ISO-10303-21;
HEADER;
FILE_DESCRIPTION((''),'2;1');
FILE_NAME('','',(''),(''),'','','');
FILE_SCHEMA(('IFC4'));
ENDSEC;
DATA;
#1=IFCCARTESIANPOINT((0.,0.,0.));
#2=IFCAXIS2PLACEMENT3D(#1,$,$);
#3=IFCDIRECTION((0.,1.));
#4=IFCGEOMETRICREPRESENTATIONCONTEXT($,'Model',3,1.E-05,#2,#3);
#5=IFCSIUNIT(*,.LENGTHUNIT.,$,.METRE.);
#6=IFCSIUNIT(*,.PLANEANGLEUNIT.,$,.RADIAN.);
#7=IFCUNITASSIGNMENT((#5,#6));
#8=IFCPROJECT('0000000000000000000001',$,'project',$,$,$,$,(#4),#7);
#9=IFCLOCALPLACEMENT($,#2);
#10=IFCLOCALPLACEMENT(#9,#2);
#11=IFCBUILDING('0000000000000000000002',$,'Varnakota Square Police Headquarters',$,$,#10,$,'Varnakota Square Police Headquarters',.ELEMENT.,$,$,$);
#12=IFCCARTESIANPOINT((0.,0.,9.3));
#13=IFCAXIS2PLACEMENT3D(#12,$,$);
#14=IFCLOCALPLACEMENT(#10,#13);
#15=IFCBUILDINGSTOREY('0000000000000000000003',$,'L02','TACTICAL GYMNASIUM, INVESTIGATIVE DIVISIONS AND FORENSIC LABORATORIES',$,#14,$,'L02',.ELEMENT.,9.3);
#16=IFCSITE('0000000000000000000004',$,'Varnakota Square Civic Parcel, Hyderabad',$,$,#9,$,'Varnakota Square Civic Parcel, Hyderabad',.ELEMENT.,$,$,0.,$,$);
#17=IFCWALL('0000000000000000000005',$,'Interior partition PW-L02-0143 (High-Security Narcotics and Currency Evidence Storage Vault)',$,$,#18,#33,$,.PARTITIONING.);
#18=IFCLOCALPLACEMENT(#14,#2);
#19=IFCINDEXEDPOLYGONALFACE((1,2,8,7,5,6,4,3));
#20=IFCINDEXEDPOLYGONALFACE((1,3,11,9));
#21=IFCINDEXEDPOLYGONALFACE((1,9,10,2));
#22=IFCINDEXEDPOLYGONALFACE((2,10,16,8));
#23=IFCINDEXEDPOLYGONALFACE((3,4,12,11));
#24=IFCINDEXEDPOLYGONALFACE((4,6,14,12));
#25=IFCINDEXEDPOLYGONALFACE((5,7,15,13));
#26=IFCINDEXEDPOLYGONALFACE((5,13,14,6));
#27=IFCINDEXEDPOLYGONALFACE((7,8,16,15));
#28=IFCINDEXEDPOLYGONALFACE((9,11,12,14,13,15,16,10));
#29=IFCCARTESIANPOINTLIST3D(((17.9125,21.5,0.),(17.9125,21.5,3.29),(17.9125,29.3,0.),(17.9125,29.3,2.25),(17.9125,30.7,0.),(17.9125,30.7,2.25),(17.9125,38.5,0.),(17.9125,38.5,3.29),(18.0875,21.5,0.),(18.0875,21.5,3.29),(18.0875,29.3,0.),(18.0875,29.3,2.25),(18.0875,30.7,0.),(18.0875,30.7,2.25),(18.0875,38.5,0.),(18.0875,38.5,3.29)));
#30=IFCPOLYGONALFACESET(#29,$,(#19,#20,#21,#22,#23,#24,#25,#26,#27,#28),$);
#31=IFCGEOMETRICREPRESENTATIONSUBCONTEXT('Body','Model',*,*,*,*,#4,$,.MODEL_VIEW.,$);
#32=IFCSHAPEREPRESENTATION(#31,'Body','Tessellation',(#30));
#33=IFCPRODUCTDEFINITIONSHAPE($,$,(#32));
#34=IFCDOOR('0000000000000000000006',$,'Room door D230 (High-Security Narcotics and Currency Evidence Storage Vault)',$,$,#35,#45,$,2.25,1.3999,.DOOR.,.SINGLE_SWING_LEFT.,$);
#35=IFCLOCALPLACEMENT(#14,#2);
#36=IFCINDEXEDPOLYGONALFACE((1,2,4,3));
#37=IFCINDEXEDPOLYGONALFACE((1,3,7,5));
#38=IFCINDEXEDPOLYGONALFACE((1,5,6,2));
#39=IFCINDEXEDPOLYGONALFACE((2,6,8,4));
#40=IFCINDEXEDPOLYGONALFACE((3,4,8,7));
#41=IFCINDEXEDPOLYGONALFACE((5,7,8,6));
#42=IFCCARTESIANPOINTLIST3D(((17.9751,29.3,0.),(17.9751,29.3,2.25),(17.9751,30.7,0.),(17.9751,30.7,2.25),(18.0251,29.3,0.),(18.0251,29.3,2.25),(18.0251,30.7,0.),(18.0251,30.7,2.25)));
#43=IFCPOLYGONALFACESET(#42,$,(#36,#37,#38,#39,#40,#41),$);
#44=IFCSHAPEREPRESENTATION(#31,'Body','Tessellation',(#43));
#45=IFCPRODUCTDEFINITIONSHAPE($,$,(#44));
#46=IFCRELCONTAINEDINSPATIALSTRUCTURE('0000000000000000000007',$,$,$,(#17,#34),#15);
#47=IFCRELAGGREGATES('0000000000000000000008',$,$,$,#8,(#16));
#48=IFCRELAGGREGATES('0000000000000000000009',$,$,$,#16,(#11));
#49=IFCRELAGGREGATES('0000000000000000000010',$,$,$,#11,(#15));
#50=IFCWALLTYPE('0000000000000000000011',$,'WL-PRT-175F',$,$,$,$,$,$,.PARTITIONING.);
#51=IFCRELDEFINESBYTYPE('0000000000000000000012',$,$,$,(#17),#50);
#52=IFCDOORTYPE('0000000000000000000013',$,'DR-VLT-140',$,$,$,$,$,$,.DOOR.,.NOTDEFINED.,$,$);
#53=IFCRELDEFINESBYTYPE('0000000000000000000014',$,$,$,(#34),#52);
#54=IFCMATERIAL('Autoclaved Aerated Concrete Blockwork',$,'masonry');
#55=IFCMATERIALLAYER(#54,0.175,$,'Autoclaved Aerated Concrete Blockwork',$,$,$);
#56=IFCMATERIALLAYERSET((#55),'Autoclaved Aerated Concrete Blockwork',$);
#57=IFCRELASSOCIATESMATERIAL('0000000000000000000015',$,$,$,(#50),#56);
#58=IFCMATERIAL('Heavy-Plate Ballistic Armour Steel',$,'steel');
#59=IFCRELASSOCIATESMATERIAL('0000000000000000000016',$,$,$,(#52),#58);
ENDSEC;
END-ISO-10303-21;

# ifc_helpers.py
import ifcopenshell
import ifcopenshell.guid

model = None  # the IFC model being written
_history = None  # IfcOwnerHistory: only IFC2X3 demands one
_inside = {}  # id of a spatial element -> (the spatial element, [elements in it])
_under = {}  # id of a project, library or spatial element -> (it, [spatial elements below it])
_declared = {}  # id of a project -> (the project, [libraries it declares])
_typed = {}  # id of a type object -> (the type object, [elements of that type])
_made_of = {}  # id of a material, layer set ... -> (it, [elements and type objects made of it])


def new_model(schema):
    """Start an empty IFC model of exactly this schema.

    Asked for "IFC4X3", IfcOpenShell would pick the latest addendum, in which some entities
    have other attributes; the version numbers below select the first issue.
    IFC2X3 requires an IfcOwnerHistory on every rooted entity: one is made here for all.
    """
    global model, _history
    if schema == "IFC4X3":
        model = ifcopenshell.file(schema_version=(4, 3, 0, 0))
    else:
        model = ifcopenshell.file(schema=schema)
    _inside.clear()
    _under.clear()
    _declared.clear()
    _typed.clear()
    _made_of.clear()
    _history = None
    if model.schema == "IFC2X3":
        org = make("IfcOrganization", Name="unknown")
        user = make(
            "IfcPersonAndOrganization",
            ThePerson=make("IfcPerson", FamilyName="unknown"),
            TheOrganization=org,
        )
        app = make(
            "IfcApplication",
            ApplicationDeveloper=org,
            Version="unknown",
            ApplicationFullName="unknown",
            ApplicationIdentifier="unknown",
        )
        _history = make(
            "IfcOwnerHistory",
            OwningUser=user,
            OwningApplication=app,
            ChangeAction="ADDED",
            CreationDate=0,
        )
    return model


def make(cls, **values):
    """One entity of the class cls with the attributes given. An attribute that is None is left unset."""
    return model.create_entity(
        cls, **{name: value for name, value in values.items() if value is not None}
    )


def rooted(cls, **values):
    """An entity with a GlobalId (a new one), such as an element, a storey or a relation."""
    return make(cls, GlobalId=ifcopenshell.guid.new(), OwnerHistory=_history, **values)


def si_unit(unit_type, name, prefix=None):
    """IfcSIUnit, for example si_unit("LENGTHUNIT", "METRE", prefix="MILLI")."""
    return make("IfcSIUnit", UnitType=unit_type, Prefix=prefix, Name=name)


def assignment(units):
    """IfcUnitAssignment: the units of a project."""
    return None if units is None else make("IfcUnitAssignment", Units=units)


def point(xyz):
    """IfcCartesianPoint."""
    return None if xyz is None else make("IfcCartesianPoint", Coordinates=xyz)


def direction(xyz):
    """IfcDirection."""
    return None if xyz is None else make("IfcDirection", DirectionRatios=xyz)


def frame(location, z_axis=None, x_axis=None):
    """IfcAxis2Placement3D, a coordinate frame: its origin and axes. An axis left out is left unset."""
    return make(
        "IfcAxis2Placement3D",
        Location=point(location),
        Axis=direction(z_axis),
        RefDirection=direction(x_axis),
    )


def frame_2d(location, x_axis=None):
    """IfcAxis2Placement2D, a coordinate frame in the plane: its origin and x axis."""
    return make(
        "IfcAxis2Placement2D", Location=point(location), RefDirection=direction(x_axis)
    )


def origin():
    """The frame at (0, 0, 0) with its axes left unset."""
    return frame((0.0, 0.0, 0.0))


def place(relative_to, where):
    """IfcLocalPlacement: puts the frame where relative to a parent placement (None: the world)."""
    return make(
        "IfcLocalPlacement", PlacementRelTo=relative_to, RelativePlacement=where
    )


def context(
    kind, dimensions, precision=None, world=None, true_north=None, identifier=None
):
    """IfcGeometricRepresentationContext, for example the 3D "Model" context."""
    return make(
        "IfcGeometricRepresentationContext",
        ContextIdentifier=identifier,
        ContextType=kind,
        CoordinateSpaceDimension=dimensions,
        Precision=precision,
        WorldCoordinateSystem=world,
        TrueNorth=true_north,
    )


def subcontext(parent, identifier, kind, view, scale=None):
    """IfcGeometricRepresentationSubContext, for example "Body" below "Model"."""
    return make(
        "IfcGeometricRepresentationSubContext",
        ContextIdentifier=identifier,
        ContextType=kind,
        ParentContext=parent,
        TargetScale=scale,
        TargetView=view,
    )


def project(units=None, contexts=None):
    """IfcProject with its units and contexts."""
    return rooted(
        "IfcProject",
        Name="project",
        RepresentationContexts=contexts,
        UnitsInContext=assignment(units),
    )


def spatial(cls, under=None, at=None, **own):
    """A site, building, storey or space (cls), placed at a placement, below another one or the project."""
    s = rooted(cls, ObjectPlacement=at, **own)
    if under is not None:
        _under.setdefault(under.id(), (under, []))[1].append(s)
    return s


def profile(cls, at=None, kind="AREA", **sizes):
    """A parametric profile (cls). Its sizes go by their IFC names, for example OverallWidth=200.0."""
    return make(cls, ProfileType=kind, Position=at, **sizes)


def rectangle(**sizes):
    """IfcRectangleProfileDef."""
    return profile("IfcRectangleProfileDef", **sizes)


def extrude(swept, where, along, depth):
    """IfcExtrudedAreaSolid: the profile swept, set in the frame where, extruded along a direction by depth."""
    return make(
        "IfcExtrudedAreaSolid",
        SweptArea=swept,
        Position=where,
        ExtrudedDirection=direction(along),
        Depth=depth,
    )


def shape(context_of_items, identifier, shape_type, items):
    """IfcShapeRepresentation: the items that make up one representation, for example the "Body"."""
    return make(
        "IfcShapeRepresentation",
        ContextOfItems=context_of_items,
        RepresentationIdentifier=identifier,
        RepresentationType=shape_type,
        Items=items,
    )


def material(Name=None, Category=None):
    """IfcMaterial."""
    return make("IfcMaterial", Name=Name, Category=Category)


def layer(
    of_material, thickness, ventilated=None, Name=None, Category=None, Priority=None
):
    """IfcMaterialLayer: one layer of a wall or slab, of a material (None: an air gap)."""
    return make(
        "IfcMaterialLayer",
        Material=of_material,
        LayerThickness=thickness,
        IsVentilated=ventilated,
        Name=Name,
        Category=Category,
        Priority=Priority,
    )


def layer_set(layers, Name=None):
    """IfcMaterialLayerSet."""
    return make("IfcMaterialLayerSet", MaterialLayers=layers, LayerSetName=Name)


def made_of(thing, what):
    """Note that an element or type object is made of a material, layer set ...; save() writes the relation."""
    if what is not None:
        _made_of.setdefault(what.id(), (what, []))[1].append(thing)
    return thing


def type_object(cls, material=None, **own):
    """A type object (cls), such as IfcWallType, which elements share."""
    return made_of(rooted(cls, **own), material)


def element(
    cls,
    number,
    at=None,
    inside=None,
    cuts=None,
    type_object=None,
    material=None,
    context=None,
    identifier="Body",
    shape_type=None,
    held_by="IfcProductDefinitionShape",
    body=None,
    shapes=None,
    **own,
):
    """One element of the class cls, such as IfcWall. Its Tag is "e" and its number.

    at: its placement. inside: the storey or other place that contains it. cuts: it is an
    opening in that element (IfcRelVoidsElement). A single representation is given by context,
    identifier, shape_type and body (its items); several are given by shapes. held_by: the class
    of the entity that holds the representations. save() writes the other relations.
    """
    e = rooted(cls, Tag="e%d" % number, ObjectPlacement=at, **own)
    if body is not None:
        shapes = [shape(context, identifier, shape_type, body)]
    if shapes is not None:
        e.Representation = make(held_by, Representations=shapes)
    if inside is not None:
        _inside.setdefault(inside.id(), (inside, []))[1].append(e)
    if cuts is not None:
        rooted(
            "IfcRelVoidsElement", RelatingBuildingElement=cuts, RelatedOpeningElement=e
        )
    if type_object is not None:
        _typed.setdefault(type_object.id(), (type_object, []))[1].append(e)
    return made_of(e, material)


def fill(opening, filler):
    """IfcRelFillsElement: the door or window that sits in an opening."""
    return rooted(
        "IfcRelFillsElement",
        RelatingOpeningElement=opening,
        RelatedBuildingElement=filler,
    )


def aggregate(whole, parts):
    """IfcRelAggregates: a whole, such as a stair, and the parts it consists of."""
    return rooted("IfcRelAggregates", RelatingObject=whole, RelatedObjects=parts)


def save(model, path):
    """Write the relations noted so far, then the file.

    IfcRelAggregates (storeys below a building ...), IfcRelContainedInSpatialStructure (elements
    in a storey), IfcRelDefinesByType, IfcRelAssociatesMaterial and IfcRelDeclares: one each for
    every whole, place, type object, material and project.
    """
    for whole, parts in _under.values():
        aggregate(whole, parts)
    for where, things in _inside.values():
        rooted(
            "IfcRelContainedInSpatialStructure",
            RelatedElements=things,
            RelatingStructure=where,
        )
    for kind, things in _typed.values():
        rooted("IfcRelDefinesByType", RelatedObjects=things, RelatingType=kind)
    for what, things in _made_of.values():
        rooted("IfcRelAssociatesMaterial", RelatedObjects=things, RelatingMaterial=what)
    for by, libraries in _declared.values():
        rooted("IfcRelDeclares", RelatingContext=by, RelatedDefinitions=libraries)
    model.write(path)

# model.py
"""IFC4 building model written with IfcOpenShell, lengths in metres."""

from ifc_helpers import new_model, si_unit, direction, frame, frame_2d, origin, place, context, subcontext, project, spatial, rectangle, extrude, material, layer, layer_set, type_object, element, fill, save


model = new_model("IFC4")

# Units and contexts
model_context = context("Model", 3, precision=1e-05, world=origin(), true_north=direction((0.0, 1.0)))
body_context = subcontext(model_context, "Body", "Model", "MODEL_VIEW")
ifc_project = project(units=[si_unit("LENGTHUNIT", "METRE"), si_unit("PLANEANGLEUNIT", "RADIAN")], contexts=[model_context])

# Site, building, storey
site_placement = place(None, origin())
site = spatial("IfcSite", under=ifc_project, at=site_placement, Name="Varnakota Square Civic Parcel, Hyderabad", LongName="Varnakota Square Civic Parcel, Hyderabad", CompositionType="ELEMENT", RefElevation=0.0)
building_placement = place(site_placement, origin())
building = spatial("IfcBuilding", under=site, at=building_placement, Name="Varnakota Square Police Headquarters", LongName="Varnakota Square Police Headquarters", CompositionType="ELEMENT")
storey_placement = place(building_placement, frame((0.0, 0.0, 9.3)))
storey = spatial("IfcBuildingStorey", under=building, at=storey_placement, Name="L02", Description="TACTICAL GYMNASIUM, INVESTIGATIVE DIVISIONS AND FORENSIC LABORATORIES", LongName="L02", CompositionType="ELEMENT", Elevation=9.3)

# Wall, opening, door
ifc_material_1 = material(Name="Autoclaved Aerated Concrete Blockwork", Category="masonry")
ifc_layer_1 = layer(ifc_material_1, 0.175, Name="Autoclaved Aerated Concrete Blockwork")
ifc_layer_set_1 = layer_set([ifc_layer_1], Name="Autoclaved Aerated Concrete Blockwork")
wall_type = type_object("IfcWallType", Name="WL-PRT-175F", PredefinedType="PARTITIONING", material=ifc_layer_set_1)
wall_placement = place(storey_placement, frame((18.0, 21.5, 0.0), z_axis=(0.0, 0.0, 1.0), x_axis=(0.0, 1.0, 0.0)))
wall = element("IfcWall", 1, at=wall_placement, inside=storey, type_object=wall_type, Name="Interior partition PW-L02-0143 (High-Security Narcotics and Currency Evidence Storage Vault)", PredefinedType="PARTITIONING", context=body_context, shape_type="SweptSolid", body=[
    extrude(rectangle(XDim=17.0, YDim=0.175, at=frame_2d((8.5, 0.0))), origin(), (0.0, 0.0, 1.0), 3.29),
])
opening_placement = place(wall_placement, frame((7.8, 0.0, 0.0)))
opening = element("IfcOpeningElement", 2, at=opening_placement, cuts=wall, PredefinedType="OPENING", context=body_context, shape_type="SweptSolid", body=[
    extrude(rectangle(XDim=1.3999, YDim=2.25, at=frame_2d((0.7, 1.125))), frame((0.0, 0.0974, 0.0), z_axis=(0.0, -1.0, 0.0), x_axis=(1.0, 0.0, 0.0)), (0.0, 0.0, 1.0), 0.1951),
])
ifc_material_2 = material(Name="Heavy-Plate Ballistic Armour Steel", Category="steel")
door_type = type_object("IfcDoorType", Name="DR-VLT-140", OperationType="NOTDEFINED", PredefinedType="DOOR", material=ifc_material_2)
door_placement = place(opening_placement, origin())
door = element("IfcDoor", 3, at=door_placement, inside=storey, type_object=door_type, Name="Room door D230 (High-Security Narcotics and Currency Evidence Storage Vault)", OperationType="SINGLE_SWING_LEFT", OverallHeight=2.25, OverallWidth=1.3999, PredefinedType="DOOR", context=body_context, shape_type="SweptSolid", body=[
    extrude(rectangle(XDim=1.3999, YDim=2.25, at=frame_2d((0.7, 1.125))), frame((0.0, 0.0249, 0.0), z_axis=(0.0, -1.0, 0.0), x_axis=(1.0, 0.0, 0.0)), (0.0, 0.0, 1.0), 0.05),
])
fill(opening, door)

save(model, "model.ifc")
